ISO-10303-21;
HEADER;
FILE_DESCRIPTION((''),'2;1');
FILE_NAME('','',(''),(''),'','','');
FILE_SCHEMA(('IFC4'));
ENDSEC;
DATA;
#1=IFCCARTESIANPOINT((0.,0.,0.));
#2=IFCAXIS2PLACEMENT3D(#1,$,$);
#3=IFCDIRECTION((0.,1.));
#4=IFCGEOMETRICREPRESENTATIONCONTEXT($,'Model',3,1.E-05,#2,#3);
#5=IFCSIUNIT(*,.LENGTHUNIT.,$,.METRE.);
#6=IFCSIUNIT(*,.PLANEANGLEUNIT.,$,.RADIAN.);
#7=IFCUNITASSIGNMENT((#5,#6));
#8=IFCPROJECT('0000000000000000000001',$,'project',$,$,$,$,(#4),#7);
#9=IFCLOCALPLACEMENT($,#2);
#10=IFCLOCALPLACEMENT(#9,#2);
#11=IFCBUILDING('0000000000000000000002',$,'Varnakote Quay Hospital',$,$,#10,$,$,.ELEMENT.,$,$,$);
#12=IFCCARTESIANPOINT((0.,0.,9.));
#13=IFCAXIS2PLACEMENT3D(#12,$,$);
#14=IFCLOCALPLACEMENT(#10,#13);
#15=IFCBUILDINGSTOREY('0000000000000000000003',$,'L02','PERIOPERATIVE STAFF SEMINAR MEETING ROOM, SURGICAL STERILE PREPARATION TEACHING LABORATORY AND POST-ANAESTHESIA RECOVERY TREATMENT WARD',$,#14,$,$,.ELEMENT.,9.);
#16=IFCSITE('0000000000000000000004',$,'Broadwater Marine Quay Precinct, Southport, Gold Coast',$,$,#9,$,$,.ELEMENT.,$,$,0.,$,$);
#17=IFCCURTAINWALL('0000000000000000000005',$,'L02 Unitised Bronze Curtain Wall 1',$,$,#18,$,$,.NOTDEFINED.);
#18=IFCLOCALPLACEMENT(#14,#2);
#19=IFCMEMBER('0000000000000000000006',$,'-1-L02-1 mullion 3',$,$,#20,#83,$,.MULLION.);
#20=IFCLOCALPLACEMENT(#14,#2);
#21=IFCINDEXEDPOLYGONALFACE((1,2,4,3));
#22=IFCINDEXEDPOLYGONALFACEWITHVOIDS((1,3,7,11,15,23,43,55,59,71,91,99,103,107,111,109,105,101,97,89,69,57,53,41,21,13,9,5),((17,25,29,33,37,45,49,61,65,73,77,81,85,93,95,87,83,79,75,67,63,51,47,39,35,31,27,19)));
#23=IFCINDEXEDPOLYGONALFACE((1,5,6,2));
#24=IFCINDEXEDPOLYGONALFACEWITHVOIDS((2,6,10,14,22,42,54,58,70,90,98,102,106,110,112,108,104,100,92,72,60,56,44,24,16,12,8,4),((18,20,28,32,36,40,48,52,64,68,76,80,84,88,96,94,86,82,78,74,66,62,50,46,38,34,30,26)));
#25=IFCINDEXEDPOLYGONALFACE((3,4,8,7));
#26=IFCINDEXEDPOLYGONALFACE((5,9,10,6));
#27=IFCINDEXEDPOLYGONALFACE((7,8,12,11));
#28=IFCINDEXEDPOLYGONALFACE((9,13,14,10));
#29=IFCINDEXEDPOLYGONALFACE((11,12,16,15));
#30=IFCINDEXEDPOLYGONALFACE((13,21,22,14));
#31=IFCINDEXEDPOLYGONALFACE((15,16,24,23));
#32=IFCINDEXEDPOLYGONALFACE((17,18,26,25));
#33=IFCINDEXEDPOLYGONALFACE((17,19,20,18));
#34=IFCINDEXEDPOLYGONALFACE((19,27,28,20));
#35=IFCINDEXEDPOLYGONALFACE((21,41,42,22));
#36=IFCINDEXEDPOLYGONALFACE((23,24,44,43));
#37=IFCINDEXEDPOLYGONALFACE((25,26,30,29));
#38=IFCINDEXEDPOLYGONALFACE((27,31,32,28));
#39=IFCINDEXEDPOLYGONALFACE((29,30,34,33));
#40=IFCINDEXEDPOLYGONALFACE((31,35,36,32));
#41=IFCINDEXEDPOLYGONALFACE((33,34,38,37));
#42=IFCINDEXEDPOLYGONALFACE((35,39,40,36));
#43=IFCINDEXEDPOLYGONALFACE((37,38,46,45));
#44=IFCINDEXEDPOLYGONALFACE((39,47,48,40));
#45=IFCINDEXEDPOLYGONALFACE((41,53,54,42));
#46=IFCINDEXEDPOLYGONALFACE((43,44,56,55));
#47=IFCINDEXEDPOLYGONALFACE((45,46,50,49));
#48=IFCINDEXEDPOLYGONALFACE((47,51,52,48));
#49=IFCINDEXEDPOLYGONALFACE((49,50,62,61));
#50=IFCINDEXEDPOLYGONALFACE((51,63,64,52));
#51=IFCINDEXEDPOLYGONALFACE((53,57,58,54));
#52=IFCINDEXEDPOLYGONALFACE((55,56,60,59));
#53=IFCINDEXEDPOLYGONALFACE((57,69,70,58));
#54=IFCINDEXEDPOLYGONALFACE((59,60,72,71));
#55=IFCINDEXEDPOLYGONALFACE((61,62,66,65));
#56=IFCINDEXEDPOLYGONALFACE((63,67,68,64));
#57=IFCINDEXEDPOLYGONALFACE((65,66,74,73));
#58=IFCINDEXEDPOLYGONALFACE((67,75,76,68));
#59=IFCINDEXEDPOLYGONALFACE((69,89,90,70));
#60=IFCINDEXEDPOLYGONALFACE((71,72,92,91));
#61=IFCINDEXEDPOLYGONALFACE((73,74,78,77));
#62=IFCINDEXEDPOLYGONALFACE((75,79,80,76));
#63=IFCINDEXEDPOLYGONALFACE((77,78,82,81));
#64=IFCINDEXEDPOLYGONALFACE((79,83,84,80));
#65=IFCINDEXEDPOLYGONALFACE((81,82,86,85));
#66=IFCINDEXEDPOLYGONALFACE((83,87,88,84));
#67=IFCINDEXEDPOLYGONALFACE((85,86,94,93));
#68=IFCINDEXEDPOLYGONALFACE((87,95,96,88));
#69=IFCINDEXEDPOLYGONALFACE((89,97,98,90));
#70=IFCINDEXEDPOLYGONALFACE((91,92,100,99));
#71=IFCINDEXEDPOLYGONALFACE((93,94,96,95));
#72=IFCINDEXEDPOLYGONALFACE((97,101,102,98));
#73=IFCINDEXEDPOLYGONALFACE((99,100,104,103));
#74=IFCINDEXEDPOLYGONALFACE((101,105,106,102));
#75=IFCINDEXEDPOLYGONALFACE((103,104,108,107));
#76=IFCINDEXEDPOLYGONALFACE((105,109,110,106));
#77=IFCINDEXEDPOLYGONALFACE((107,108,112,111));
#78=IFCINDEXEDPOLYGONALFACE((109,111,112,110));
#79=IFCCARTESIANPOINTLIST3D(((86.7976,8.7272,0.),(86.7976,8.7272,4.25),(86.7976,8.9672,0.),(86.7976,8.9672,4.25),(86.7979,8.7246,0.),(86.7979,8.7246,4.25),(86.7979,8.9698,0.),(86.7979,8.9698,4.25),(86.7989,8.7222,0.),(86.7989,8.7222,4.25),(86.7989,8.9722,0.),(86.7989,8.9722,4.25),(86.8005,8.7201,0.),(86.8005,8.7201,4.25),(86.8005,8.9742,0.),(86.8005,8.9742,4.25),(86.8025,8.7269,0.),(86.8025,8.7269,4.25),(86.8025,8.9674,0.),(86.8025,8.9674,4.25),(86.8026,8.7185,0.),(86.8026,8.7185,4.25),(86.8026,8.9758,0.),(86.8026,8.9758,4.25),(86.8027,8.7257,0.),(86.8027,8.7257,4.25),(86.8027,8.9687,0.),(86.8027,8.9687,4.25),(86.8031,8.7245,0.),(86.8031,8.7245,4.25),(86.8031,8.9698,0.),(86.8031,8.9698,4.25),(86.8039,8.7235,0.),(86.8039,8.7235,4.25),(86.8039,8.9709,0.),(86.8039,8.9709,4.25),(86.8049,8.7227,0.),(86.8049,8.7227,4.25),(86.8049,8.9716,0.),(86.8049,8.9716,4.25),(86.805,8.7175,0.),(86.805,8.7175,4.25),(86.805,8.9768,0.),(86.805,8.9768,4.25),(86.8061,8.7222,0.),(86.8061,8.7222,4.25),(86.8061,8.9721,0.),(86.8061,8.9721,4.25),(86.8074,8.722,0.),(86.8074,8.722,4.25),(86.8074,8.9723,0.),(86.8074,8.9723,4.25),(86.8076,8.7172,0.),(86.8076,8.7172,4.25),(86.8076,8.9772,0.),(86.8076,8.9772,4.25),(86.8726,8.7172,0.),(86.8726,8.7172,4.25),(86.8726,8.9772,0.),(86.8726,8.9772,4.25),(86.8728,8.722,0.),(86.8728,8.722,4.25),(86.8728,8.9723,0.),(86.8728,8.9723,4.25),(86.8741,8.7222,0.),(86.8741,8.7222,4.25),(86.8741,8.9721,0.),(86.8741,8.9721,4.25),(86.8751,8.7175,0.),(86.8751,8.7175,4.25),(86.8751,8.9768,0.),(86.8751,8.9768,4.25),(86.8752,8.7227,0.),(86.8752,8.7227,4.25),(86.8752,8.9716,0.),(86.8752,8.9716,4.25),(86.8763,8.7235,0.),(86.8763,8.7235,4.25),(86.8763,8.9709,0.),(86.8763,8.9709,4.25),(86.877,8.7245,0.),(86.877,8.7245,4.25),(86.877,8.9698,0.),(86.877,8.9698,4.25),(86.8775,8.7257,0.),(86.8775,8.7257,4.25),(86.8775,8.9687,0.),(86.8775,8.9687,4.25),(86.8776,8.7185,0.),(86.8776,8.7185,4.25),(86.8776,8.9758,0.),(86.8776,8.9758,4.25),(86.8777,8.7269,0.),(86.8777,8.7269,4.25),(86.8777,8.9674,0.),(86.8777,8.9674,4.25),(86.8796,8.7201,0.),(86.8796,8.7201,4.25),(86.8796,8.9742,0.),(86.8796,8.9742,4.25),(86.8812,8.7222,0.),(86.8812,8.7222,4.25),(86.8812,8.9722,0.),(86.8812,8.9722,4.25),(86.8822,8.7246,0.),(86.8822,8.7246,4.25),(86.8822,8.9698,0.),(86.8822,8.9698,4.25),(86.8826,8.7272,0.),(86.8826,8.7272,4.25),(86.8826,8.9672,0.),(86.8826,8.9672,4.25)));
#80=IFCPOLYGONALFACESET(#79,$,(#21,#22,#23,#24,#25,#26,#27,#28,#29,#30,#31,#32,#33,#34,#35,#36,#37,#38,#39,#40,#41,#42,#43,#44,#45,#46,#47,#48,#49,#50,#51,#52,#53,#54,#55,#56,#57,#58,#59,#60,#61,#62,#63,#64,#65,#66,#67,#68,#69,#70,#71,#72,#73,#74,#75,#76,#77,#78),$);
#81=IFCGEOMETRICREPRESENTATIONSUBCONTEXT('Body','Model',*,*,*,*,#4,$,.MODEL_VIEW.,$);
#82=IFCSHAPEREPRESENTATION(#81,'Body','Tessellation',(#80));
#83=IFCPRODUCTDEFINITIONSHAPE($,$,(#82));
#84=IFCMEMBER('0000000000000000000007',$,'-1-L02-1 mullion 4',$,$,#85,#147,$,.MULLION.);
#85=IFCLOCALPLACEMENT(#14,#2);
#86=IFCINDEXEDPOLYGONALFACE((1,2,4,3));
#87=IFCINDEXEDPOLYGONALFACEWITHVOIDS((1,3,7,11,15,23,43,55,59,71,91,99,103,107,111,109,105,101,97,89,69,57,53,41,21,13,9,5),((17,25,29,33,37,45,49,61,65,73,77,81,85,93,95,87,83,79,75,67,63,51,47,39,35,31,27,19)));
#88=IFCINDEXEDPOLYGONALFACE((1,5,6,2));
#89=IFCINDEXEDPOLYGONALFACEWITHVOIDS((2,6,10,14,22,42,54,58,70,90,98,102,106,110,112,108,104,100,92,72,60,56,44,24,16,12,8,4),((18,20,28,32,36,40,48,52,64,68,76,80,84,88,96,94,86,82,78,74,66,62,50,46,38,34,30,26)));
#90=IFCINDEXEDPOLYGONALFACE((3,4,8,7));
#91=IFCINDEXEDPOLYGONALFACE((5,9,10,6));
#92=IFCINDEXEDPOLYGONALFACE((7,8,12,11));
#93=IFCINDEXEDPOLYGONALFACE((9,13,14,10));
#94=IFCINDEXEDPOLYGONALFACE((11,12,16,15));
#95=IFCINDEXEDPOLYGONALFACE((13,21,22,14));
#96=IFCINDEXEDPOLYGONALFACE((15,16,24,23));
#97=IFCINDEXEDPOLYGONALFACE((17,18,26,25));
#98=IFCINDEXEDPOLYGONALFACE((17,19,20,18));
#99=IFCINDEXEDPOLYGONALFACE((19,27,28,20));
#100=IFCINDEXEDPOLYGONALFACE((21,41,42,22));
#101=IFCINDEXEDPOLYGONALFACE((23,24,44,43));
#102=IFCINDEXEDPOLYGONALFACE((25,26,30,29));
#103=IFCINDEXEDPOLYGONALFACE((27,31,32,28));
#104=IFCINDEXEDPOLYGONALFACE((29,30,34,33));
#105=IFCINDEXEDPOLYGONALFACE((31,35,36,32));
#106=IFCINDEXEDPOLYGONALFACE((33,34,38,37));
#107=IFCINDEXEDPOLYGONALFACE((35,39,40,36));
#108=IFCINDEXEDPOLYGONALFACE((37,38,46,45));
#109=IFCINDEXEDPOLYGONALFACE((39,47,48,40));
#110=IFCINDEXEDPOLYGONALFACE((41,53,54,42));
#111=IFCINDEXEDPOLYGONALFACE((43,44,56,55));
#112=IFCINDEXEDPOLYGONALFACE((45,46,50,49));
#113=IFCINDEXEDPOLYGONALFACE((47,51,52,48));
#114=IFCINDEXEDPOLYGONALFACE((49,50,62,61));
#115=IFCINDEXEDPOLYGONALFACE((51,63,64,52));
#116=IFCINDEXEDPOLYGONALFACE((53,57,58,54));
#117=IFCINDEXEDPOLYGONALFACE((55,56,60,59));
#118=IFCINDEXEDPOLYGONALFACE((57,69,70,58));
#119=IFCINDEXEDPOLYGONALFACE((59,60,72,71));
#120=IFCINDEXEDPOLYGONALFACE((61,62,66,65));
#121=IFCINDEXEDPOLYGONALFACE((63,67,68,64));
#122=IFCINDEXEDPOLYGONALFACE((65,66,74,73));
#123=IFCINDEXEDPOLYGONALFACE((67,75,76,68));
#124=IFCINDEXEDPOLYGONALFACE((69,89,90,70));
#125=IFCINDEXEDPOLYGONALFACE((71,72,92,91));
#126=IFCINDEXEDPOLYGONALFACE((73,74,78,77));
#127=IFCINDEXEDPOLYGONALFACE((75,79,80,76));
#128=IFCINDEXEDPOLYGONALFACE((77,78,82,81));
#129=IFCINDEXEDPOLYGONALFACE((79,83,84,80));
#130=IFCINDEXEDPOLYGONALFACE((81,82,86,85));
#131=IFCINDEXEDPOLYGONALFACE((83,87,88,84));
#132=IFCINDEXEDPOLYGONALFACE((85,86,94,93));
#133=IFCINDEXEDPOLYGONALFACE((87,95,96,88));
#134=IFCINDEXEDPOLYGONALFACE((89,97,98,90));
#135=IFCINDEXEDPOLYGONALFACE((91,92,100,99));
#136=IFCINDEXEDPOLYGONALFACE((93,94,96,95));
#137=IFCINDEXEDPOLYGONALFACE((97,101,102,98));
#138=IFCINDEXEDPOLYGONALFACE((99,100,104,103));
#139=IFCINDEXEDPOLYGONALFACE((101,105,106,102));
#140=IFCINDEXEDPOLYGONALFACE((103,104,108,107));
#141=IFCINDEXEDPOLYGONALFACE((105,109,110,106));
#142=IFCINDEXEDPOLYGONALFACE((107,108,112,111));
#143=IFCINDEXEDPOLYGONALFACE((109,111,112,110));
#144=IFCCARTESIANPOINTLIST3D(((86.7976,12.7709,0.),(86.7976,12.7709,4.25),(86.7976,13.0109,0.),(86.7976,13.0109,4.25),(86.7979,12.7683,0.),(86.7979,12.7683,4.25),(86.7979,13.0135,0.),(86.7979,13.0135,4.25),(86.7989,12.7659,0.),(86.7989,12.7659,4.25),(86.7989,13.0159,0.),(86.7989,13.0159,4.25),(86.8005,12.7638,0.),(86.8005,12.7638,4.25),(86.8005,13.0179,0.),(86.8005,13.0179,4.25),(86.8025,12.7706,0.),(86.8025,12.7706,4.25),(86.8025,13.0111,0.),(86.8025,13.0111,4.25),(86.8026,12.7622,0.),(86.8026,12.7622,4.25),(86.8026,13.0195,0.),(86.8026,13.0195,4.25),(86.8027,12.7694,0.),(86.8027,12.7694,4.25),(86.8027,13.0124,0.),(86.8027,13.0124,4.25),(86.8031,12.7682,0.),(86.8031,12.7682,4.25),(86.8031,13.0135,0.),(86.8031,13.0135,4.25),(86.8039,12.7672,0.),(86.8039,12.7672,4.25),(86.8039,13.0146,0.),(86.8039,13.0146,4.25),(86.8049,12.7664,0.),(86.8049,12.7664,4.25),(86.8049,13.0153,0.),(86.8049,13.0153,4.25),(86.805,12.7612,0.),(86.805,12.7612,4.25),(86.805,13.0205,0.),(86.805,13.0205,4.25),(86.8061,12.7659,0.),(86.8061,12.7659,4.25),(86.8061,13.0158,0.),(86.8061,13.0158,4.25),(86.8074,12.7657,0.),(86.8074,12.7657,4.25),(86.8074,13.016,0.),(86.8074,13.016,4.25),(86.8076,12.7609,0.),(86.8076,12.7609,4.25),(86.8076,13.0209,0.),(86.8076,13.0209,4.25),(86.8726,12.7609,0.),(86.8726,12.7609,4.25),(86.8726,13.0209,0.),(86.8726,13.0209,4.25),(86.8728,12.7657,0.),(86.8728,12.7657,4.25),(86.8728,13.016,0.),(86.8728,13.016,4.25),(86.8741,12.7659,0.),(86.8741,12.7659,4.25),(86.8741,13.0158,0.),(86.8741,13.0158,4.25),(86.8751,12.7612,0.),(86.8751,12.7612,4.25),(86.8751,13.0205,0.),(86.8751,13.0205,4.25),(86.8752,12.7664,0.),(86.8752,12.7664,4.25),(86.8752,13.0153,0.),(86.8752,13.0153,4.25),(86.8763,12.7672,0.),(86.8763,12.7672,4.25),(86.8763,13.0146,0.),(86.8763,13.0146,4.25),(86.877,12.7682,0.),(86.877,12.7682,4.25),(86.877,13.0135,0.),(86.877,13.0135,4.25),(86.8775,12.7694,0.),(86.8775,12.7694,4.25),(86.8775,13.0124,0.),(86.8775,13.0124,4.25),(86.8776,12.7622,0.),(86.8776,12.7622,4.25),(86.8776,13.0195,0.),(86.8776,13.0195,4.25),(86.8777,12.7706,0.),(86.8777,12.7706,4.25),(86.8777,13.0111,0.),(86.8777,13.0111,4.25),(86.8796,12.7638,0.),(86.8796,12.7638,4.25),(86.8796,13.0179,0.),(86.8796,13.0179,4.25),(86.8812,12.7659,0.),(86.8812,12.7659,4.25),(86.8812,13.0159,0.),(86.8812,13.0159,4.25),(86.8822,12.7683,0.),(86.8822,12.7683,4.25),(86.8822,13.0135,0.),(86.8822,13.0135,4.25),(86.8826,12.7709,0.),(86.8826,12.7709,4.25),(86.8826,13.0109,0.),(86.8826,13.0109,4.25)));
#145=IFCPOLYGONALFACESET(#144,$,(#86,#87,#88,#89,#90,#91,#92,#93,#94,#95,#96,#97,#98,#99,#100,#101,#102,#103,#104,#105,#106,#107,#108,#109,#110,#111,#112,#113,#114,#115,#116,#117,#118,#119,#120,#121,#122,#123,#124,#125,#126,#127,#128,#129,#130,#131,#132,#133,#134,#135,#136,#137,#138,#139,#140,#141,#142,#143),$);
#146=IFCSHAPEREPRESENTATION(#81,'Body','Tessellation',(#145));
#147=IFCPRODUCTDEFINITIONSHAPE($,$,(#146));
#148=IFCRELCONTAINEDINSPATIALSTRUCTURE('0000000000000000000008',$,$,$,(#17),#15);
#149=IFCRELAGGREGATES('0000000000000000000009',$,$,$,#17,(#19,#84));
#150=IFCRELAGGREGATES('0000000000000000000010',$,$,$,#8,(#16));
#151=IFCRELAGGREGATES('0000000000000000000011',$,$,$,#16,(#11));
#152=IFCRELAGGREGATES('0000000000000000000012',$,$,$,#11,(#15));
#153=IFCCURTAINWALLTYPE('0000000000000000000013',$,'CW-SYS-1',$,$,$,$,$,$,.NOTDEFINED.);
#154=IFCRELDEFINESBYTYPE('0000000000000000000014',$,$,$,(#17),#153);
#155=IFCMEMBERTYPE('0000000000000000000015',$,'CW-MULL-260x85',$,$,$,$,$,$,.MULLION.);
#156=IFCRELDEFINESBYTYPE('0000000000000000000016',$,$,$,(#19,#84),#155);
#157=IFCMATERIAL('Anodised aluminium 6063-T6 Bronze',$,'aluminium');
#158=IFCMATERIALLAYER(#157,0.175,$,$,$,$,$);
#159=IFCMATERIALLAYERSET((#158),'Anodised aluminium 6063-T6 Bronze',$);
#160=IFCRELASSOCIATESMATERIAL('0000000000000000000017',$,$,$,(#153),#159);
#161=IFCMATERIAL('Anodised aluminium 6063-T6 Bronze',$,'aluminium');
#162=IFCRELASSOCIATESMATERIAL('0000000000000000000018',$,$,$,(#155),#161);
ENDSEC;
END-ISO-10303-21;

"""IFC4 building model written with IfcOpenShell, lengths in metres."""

from ifc_helpers import new_model, si_unit, direction, frame, origin, origin_2d, place, context, subcontext, project, spatial, hollow_rectangle, extrude, material, layer, layer_set, material_profile, profile_set, type_object, element, aggregate, save


model = new_model("IFC4")

# Units and contexts
model_context = context("Model", 3, precision=1e-05, world=origin(), true_north=direction((0.0, 1.0)))
body_context = subcontext(model_context, "Body", "Model", "MODEL_VIEW")
ifc_project = project(units=[si_unit("LENGTHUNIT", "METRE"), si_unit("PLANEANGLEUNIT", "RADIAN")], contexts=[model_context])

# Site, building, storey
site_placement = place(None, origin())
site = spatial("IfcSite", under=ifc_project, at=site_placement, Name="Broadwater Marine Quay Precinct, Southport, Gold Coast", CompositionType="ELEMENT", RefElevation=0.0)
building_placement = place(site_placement, origin())
building = spatial("IfcBuilding", under=site, at=building_placement, Name="Varnakote Quay Hospital", CompositionType="ELEMENT")
storey_placement = place(building_placement, frame((0.0, 0.0, 9.0)))
storey = spatial("IfcBuildingStorey", under=building, at=storey_placement, Name="L02", Description="PERIOPERATIVE STAFF SEMINAR MEETING ROOM, SURGICAL STERILE PREPARATION TEACHING LABORATORY AND POST-ANAESTHESIA RECOVERY TREATMENT WARD", CompositionType="ELEMENT", Elevation=9.0)

# Curtain wall, members
ifc_material_1 = material(Name="Anodised aluminium 6063-T6 Bronze", Category="aluminium")
ifc_layer_1 = layer(ifc_material_1, 0.175)
ifc_layer_set_1 = layer_set([ifc_layer_1], Name="Anodised aluminium 6063-T6 Bronze")
curtain_wall_type = type_object("IfcCurtainWallType", Name="CW-SYS-1", PredefinedType="NOTDEFINED", material=ifc_layer_set_1)
curtain_wall_placement = place(storey_placement, origin())
curtain_wall = element("IfcCurtainWall", 1, at=curtain_wall_placement, inside=storey, type_object=curtain_wall_type, Name="L02 Unitised Bronze Curtain Wall 1", PredefinedType="NOTDEFINED")
ifc_material_2 = material(Name="Anodised aluminium 6063-T6 Bronze", Category="aluminium")
ifc_material_profile_1 = material_profile(ifc_material_2, hollow_rectangle(XDim=0.085, YDim=0.26, WallThickness=0.0049, InnerFilletRadius=0.0049, OuterFilletRadius=0.01, at=origin_2d()), Name="CW-MULL-260x85")
ifc_profile_set_1 = profile_set([ifc_material_profile_1], Name="Anodised aluminium 6063-T6 Bronze")
member_type_1 = type_object("IfcMemberType", Name="CW-MULL-260x85", PredefinedType="MULLION", material=ifc_profile_set_1)
member_1_placement = place(storey_placement, frame((86.8401, 8.8472, 0.0), z_axis=(0.0, 0.0, 1.0), x_axis=(-1.0, 0.0, 0.0)))
member_1 = element("IfcMember", 2, at=member_1_placement, type_object=member_type_1, Name="-1-L02-1 mullion 3", PredefinedType="MULLION", context=body_context, shape_type="SweptSolid", body=[
    extrude(hollow_rectangle(XDim=0.085, YDim=0.26, WallThickness=0.0049, InnerFilletRadius=0.0049, OuterFilletRadius=0.01, at=origin_2d()), origin(), (0.0, 0.0, 1.0), 4.25),
])
member_2_placement = place(storey_placement, frame((86.8401, 12.8909, 0.0), z_axis=(0.0, 0.0, 1.0), x_axis=(-1.0, 0.0, 0.0)))
member_2 = element("IfcMember", 3, at=member_2_placement, type_object=member_type_1, Name="-1-L02-1 mullion 4", PredefinedType="MULLION", context=body_context, shape_type="SweptSolid", body=[
    extrude(hollow_rectangle(XDim=0.085, YDim=0.26, WallThickness=0.0049, InnerFilletRadius=0.0049, OuterFilletRadius=0.01, at=origin_2d()), origin(), (0.0, 0.0, 1.0), 4.25),
])
aggregate(curtain_wall, [member_1, member_2])

save(model, "model.ifc")
